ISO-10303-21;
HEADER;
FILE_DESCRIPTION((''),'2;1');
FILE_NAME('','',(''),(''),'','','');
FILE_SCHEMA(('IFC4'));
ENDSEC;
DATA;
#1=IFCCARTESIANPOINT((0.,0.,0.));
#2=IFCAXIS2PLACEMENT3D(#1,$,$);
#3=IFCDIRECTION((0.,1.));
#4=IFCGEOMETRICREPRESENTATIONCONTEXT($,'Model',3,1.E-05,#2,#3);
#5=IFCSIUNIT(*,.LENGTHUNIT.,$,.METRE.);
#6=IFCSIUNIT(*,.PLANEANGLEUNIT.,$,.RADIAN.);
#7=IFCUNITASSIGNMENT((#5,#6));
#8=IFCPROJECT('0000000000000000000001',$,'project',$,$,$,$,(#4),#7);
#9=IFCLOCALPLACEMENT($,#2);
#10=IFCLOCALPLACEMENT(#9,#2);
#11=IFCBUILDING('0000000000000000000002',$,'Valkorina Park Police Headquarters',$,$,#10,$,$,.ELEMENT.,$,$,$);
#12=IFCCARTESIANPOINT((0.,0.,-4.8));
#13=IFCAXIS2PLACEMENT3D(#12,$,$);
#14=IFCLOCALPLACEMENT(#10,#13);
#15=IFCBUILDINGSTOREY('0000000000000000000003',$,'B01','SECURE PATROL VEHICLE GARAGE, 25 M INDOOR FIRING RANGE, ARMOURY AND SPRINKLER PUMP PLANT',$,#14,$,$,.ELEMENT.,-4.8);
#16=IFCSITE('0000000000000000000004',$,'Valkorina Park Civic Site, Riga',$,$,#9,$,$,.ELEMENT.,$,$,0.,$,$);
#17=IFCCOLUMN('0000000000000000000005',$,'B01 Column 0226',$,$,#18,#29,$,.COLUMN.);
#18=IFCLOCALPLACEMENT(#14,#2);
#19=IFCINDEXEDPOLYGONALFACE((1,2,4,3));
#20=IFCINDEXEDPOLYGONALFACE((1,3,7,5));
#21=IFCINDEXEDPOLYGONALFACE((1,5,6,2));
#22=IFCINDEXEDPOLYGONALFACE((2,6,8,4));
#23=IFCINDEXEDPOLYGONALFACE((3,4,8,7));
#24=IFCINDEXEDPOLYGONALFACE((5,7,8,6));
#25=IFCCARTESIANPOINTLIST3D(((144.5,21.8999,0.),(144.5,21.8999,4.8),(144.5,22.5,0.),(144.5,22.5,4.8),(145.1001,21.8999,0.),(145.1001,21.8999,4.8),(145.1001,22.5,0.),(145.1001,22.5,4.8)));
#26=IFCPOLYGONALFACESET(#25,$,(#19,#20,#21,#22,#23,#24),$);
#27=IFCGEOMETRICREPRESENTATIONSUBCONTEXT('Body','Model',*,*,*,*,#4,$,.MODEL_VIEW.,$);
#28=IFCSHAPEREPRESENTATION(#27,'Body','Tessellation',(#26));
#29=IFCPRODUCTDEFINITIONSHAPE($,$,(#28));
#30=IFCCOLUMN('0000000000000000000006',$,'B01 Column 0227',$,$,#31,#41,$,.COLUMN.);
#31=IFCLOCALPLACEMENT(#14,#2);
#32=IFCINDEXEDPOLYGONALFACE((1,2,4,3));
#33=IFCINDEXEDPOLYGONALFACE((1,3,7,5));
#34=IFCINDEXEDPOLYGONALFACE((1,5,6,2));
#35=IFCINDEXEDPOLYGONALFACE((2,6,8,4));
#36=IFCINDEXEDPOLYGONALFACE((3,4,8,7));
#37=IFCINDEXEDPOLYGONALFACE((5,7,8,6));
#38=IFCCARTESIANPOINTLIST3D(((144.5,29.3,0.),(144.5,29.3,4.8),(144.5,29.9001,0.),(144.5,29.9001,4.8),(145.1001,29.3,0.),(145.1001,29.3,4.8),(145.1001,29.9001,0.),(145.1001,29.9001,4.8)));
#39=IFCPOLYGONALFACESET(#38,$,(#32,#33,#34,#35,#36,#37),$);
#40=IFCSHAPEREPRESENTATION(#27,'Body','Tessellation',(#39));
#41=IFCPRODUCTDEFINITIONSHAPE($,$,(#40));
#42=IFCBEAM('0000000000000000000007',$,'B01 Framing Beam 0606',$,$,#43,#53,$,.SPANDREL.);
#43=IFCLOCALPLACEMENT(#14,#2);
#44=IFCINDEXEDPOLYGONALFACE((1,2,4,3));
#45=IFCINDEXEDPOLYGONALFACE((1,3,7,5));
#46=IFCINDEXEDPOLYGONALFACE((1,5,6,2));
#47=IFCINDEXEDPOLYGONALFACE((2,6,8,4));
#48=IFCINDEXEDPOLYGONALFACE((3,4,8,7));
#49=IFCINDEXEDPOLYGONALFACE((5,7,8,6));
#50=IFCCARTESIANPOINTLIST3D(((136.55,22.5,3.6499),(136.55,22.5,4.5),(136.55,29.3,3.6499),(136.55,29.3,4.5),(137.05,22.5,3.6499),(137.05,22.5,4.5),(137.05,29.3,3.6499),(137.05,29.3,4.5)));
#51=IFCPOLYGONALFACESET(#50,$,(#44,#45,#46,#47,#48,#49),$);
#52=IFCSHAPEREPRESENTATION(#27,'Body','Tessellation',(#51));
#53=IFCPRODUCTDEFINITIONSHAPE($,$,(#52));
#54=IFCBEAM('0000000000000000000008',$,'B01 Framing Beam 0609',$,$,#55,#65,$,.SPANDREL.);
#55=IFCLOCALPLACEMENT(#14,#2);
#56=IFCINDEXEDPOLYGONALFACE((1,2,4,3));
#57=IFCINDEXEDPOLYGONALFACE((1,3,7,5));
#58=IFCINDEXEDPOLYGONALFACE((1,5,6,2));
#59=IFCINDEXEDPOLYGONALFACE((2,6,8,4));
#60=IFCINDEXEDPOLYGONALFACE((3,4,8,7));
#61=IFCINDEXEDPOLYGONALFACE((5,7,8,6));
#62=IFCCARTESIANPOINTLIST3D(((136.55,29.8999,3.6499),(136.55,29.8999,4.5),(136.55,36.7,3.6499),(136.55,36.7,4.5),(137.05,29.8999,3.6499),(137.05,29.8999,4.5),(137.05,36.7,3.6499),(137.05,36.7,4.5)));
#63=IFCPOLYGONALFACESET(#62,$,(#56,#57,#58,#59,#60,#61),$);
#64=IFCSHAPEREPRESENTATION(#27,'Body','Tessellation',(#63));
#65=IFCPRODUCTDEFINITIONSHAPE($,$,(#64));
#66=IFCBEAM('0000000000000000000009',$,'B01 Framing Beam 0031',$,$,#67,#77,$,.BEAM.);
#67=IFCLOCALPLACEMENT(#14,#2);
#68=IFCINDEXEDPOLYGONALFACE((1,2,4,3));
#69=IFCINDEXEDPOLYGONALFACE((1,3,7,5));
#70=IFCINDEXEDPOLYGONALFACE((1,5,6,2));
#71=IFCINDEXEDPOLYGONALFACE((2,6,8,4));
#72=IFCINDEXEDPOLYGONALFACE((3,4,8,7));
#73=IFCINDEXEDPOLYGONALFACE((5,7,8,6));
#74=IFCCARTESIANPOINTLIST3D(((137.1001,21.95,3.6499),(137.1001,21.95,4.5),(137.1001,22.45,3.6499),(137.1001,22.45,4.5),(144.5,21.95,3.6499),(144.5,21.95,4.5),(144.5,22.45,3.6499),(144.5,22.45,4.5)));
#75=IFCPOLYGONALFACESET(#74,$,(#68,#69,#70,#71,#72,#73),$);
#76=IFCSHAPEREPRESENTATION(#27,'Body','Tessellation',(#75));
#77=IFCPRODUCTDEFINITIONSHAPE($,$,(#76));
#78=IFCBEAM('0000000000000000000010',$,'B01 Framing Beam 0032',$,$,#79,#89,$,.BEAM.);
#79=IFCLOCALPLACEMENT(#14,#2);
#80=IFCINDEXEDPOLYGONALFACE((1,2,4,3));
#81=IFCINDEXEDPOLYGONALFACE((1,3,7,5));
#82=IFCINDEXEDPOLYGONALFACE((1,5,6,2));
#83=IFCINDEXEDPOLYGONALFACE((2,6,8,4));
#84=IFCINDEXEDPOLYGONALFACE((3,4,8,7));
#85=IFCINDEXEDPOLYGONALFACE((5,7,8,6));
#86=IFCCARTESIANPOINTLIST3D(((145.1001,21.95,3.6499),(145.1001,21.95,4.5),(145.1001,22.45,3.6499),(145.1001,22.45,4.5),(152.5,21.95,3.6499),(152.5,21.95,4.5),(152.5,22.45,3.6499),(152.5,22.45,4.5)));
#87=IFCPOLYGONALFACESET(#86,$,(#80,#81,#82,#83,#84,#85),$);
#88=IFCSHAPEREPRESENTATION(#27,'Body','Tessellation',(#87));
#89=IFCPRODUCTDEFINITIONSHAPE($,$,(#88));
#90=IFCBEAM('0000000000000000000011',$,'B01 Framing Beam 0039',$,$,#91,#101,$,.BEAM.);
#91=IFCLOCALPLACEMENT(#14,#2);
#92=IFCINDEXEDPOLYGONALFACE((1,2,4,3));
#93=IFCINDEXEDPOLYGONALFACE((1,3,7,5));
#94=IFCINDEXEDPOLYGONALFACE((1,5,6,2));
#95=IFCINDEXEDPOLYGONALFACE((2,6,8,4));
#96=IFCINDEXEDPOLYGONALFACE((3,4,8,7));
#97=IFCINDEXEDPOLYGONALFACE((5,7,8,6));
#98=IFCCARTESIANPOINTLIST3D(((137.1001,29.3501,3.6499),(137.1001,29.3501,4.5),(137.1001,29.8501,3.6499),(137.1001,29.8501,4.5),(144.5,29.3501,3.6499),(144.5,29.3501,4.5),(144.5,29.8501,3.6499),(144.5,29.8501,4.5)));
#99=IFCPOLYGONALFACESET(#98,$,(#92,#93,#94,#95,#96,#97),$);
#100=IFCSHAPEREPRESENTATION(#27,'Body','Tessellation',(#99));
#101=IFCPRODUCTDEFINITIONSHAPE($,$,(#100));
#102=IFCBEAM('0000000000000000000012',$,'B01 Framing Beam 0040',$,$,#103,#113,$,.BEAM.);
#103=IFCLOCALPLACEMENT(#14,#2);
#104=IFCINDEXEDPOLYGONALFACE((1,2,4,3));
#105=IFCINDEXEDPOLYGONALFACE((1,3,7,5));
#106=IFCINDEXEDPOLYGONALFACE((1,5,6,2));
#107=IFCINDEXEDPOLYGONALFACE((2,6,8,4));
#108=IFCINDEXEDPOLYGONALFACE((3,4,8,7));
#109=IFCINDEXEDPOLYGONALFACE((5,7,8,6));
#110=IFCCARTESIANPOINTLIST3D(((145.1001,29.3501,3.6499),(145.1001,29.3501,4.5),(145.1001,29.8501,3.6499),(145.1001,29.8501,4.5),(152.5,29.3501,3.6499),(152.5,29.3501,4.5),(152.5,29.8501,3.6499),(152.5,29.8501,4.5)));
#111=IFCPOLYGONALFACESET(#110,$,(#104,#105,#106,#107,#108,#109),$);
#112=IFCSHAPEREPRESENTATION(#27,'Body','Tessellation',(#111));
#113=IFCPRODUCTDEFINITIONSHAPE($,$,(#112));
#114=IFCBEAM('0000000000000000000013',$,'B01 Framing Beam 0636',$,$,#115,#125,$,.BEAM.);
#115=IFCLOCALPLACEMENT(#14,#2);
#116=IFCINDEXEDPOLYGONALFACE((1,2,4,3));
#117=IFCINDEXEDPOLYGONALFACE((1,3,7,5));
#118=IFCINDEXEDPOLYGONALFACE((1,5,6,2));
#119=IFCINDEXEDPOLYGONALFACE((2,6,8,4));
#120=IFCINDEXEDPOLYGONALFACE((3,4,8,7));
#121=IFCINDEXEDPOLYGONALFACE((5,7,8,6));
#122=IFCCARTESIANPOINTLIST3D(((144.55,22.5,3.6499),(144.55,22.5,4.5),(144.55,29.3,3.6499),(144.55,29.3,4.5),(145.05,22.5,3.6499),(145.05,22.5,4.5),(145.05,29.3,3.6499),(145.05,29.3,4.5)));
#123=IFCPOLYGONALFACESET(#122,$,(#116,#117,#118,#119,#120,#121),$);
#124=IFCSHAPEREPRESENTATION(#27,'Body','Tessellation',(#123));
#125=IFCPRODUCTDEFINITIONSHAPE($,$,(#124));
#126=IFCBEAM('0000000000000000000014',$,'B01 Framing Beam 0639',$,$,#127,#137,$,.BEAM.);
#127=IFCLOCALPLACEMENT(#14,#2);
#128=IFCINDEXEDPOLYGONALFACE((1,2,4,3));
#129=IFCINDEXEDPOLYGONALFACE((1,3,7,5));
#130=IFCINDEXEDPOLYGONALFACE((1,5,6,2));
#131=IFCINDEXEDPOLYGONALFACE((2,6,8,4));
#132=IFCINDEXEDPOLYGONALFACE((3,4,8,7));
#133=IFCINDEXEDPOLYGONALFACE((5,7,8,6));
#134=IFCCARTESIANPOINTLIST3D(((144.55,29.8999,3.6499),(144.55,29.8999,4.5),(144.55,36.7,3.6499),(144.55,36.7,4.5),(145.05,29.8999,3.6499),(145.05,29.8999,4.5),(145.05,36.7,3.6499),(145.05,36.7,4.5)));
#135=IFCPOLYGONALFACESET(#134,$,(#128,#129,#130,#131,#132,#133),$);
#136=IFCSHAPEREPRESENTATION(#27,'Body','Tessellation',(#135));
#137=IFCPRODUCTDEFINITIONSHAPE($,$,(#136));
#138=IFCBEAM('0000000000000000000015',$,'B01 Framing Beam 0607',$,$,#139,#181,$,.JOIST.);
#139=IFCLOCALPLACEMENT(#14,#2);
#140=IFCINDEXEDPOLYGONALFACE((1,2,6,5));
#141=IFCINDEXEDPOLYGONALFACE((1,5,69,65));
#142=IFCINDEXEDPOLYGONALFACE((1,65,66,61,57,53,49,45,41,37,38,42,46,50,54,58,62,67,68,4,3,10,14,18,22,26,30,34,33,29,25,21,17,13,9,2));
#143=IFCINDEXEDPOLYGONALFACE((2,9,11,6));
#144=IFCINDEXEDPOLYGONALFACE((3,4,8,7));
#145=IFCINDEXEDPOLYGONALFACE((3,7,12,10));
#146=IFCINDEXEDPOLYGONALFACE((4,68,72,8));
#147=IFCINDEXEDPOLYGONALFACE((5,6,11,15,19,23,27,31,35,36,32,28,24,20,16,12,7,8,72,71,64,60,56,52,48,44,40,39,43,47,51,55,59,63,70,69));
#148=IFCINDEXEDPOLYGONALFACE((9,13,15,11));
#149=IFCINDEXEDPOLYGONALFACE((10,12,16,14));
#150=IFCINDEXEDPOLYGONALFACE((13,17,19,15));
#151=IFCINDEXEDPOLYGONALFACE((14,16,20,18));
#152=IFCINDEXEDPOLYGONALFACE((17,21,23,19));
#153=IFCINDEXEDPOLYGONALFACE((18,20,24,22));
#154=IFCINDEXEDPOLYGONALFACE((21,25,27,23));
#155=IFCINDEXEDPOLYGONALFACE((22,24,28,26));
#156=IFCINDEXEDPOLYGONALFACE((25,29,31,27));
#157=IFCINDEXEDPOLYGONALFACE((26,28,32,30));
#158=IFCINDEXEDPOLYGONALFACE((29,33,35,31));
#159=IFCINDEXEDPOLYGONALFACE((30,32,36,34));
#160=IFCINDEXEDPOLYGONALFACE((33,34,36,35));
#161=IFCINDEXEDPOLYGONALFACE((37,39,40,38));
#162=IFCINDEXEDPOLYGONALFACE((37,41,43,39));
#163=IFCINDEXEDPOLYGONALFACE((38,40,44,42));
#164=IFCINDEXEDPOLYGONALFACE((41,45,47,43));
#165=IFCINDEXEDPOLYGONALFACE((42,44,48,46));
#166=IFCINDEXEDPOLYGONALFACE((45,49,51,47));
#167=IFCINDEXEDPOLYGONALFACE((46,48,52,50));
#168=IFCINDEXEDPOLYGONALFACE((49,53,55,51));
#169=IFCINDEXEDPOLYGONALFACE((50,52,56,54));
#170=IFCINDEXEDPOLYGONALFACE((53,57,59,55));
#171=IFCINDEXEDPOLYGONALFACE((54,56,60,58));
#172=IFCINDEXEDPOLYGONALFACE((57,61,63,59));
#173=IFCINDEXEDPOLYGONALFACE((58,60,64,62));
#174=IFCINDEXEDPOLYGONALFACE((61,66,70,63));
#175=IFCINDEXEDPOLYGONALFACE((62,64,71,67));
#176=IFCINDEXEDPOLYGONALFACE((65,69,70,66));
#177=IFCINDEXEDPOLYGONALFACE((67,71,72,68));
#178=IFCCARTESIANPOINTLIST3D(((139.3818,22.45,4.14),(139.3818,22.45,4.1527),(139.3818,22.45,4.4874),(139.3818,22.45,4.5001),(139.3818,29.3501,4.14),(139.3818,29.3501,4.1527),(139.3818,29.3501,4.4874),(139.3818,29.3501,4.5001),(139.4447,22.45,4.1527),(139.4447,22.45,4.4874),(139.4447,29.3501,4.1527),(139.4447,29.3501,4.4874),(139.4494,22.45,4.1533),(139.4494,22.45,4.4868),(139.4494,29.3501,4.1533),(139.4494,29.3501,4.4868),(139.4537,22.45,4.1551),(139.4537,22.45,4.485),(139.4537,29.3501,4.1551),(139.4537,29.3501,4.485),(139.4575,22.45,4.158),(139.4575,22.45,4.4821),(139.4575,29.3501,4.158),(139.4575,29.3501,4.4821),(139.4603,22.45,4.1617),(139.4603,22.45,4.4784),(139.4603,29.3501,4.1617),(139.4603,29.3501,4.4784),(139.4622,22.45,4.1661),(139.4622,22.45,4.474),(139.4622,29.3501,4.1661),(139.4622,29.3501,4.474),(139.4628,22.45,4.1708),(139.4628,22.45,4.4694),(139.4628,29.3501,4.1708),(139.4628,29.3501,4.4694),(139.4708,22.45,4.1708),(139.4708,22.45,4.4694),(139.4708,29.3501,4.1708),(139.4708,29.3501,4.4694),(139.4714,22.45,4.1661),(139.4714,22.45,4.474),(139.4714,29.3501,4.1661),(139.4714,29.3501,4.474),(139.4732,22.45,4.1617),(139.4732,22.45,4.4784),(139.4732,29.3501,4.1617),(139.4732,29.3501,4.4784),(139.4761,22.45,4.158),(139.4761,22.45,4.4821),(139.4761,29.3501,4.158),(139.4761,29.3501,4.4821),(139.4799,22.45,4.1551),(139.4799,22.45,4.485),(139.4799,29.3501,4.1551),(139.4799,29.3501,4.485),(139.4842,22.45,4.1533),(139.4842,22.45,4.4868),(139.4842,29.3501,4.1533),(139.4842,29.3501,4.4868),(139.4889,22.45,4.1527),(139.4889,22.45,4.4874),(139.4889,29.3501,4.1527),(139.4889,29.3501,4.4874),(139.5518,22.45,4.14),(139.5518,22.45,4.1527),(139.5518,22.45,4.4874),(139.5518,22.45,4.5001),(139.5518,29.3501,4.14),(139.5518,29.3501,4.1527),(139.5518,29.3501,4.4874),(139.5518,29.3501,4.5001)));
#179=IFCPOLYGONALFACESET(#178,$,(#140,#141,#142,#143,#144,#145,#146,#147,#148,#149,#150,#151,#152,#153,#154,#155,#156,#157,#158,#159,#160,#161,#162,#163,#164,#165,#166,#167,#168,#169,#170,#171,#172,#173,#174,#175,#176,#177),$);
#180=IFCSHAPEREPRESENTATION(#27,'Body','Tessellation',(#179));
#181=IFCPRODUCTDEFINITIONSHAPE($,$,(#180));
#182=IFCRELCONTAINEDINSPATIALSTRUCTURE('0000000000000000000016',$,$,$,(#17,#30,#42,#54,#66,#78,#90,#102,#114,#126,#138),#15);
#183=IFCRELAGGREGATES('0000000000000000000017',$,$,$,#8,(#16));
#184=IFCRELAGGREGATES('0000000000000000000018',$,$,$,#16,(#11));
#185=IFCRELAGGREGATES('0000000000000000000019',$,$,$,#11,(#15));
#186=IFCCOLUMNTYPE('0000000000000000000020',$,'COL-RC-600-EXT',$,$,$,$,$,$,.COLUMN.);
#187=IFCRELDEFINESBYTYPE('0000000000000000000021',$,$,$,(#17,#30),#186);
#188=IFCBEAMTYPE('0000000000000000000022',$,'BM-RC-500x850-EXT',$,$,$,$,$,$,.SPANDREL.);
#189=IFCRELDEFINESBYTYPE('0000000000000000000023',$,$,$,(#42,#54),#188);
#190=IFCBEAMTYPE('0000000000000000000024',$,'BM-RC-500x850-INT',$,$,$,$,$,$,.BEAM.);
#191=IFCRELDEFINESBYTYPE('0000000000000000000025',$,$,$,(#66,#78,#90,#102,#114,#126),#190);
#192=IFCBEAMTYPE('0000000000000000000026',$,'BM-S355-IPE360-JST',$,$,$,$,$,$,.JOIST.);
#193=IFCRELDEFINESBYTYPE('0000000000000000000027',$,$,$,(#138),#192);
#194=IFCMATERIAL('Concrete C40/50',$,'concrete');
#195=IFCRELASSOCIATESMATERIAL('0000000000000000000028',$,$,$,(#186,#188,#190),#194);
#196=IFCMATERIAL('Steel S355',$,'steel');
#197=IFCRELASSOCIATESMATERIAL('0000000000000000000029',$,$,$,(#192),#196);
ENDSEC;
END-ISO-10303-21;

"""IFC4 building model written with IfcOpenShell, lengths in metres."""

from ifc_helpers import new_model, si_unit, direction, frame, origin, origin_2d, place, context, subcontext, project, spatial, rectangle, i_section, extrude, material, material_profile, profile_set, type_object, element, save


model = new_model("IFC4")

# Units and contexts
model_context = context("Model", 3, precision=1e-05, world=origin(), true_north=direction((0.0, 1.0)))
body_context = subcontext(model_context, "Body", "Model", "MODEL_VIEW")
ifc_project = project(units=[si_unit("LENGTHUNIT", "METRE"), si_unit("PLANEANGLEUNIT", "RADIAN")], contexts=[model_context])

# Site, building, storey
site_placement = place(None, origin())
site = spatial("IfcSite", under=ifc_project, at=site_placement, Name="Valkorina Park Civic Site, Riga", CompositionType="ELEMENT", RefElevation=0.0)
building_placement = place(site_placement, origin())
building = spatial("IfcBuilding", under=site, at=building_placement, Name="Valkorina Park Police Headquarters", CompositionType="ELEMENT")
storey_placement = place(building_placement, frame((0.0, 0.0, -4.8)))
storey = spatial("IfcBuildingStorey", under=building, at=storey_placement, Name="B01", Description="SECURE PATROL VEHICLE GARAGE, 25 M INDOOR FIRING RANGE, ARMOURY AND SPRINKLER PUMP PLANT", CompositionType="ELEMENT", Elevation=-4.8)

# Shared definitions
ifc_material_1 = material(Name="Concrete C40/50", Category="concrete")

# Columns
ifc_material_profile_1 = material_profile(ifc_material_1, rectangle(XDim=0.6001, YDim=0.6001, at=origin_2d()), Name="RC COL 600x600")
ifc_profile_set_1 = profile_set([ifc_material_profile_1], Name="Concrete C40/50")
column_type = type_object("IfcColumnType", Name="COL-RC-600-EXT", PredefinedType="COLUMN", material=ifc_profile_set_1)
for number, where, z_axis, x_axis, name in (
    (1, (144.8, 22.2, 0.0), (0.0, 0.0, 1.0), (1.0, 0.0, 0.0), "B01 Column 0226"),
    (2, (144.8, 29.6001, 0.0), (0.0, 0.0, 1.0), (1.0, 0.0, 0.0), "B01 Column 0227"),
):
    element("IfcColumn", number, at=place(storey_placement, frame(where, z_axis=z_axis, x_axis=x_axis)), inside=storey, type_object=column_type, Name=name, PredefinedType="COLUMN", context=body_context, shape_type="SweptSolid", body=[
        extrude(rectangle(XDim=0.6001, YDim=0.6001, at=origin_2d()), origin(), (0.0, 0.0, 1.0), 4.8),
    ])

# Beams
ifc_material_profile_2 = material_profile(ifc_material_1, rectangle(XDim=0.5, YDim=0.8501, at=origin_2d()), Name="RC BEAM 500x850")
ifc_profile_set_2 = profile_set([ifc_material_profile_2], Name="Concrete C40/50")
beam_type_1 = type_object("IfcBeamType", Name="BM-RC-500x850-EXT", PredefinedType="SPANDREL", material=ifc_profile_set_2)
for number, where, z_axis, x_axis, name in (
    (3, (136.8, 22.5, 4.075), (0.0, 1.0, 0.0), (-1.0, 0.0, 0.0), "B01 Framing Beam 0606"),
    (4, (136.8, 29.8999, 4.075), (0.0, 1.0, 0.0), (-1.0, 0.0, 0.0), "B01 Framing Beam 0609"),
):
    element("IfcBeam", number, at=place(storey_placement, frame(where, z_axis=z_axis, x_axis=x_axis)), inside=storey, type_object=beam_type_1, Name=name, PredefinedType="SPANDREL", context=body_context, shape_type="SweptSolid", body=[
        extrude(rectangle(XDim=0.5, YDim=0.8501, at=origin_2d()), origin(), (0.0, 0.0, 1.0), 6.8),
    ])
ifc_material_profile_3 = material_profile(ifc_material_1, rectangle(XDim=0.5, YDim=0.8501, at=origin_2d()), Name="RC BEAM 500x850")
ifc_profile_set_3 = profile_set([ifc_material_profile_3], Name="Concrete C40/50")
beam_type_2 = type_object("IfcBeamType", Name="BM-RC-500x850-INT", PredefinedType="BEAM", material=ifc_profile_set_3)
for number, where, z_axis, x_axis, name in (
    (5, (137.1001, 22.2, 4.075), (1.0, 0.0, 0.0), (0.0, 1.0, 0.0), "B01 Framing Beam 0031"),
    (6, (145.1001, 22.2, 4.075), (1.0, 0.0, 0.0), (0.0, 1.0, 0.0), "B01 Framing Beam 0032"),
    (7, (137.1001, 29.6001, 4.075), (1.0, 0.0, 0.0), (0.0, 1.0, 0.0), "B01 Framing Beam 0039"),
    (8, (145.1001, 29.6001, 4.075), (1.0, 0.0, 0.0), (0.0, 1.0, 0.0), "B01 Framing Beam 0040"),
):
    element("IfcBeam", number, at=place(storey_placement, frame(where, z_axis=z_axis, x_axis=x_axis)), inside=storey, type_object=beam_type_2, Name=name, PredefinedType="BEAM", context=body_context, shape_type="SweptSolid", body=[
        extrude(rectangle(XDim=0.5, YDim=0.8501, at=origin_2d()), origin(), (0.0, 0.0, 1.0), 7.3999),
    ])
for number, where, z_axis, x_axis, name in (
    (9, (144.8, 22.5, 4.075), (0.0, 1.0, 0.0), (-1.0, 0.0, 0.0), "B01 Framing Beam 0636"),
    (10, (144.8, 29.8999, 4.075), (0.0, 1.0, 0.0), (-1.0, 0.0, 0.0), "B01 Framing Beam 0639"),
):
    element("IfcBeam", number, at=place(storey_placement, frame(where, z_axis=z_axis, x_axis=x_axis)), inside=storey, type_object=beam_type_2, Name=name, PredefinedType="BEAM", context=body_context, shape_type="SweptSolid", body=[
        extrude(rectangle(XDim=0.5, YDim=0.8501, at=origin_2d()), origin(), (0.0, 0.0, 1.0), 6.8),
    ])
ifc_material_2 = material(Name="Steel S355", Category="steel")
ifc_material_profile_4 = material_profile(ifc_material_2, i_section(OverallWidth=0.1699, OverallDepth=0.3601, WebThickness=0.0081, FlangeThickness=0.0127, FilletRadius=0.0181, at=origin_2d()), Name="IPE 360")
ifc_profile_set_4 = profile_set([ifc_material_profile_4], Name="Steel S355")
beam_type_3 = type_object("IfcBeamType", Name="BM-S355-IPE360-JST", PredefinedType="JOIST", material=ifc_profile_set_4)
for number, where, z_axis, x_axis, name in (
    (11, (139.4668, 22.45, 4.3201), (0.0, 1.0, 0.0), (-1.0, 0.0, 0.0), "B01 Framing Beam 0607"),
):
    element("IfcBeam", number, at=place(storey_placement, frame(where, z_axis=z_axis, x_axis=x_axis)), inside=storey, type_object=beam_type_3, Name=name, PredefinedType="JOIST", context=body_context, shape_type="SweptSolid", body=[
        extrude(i_section(OverallWidth=0.1699, OverallDepth=0.3601, WebThickness=0.0081, FlangeThickness=0.0127, FilletRadius=0.0181, at=origin_2d()), origin(), (0.0, 0.0, 1.0), 6.9001),
    ])

save(model, "model.ifc")
